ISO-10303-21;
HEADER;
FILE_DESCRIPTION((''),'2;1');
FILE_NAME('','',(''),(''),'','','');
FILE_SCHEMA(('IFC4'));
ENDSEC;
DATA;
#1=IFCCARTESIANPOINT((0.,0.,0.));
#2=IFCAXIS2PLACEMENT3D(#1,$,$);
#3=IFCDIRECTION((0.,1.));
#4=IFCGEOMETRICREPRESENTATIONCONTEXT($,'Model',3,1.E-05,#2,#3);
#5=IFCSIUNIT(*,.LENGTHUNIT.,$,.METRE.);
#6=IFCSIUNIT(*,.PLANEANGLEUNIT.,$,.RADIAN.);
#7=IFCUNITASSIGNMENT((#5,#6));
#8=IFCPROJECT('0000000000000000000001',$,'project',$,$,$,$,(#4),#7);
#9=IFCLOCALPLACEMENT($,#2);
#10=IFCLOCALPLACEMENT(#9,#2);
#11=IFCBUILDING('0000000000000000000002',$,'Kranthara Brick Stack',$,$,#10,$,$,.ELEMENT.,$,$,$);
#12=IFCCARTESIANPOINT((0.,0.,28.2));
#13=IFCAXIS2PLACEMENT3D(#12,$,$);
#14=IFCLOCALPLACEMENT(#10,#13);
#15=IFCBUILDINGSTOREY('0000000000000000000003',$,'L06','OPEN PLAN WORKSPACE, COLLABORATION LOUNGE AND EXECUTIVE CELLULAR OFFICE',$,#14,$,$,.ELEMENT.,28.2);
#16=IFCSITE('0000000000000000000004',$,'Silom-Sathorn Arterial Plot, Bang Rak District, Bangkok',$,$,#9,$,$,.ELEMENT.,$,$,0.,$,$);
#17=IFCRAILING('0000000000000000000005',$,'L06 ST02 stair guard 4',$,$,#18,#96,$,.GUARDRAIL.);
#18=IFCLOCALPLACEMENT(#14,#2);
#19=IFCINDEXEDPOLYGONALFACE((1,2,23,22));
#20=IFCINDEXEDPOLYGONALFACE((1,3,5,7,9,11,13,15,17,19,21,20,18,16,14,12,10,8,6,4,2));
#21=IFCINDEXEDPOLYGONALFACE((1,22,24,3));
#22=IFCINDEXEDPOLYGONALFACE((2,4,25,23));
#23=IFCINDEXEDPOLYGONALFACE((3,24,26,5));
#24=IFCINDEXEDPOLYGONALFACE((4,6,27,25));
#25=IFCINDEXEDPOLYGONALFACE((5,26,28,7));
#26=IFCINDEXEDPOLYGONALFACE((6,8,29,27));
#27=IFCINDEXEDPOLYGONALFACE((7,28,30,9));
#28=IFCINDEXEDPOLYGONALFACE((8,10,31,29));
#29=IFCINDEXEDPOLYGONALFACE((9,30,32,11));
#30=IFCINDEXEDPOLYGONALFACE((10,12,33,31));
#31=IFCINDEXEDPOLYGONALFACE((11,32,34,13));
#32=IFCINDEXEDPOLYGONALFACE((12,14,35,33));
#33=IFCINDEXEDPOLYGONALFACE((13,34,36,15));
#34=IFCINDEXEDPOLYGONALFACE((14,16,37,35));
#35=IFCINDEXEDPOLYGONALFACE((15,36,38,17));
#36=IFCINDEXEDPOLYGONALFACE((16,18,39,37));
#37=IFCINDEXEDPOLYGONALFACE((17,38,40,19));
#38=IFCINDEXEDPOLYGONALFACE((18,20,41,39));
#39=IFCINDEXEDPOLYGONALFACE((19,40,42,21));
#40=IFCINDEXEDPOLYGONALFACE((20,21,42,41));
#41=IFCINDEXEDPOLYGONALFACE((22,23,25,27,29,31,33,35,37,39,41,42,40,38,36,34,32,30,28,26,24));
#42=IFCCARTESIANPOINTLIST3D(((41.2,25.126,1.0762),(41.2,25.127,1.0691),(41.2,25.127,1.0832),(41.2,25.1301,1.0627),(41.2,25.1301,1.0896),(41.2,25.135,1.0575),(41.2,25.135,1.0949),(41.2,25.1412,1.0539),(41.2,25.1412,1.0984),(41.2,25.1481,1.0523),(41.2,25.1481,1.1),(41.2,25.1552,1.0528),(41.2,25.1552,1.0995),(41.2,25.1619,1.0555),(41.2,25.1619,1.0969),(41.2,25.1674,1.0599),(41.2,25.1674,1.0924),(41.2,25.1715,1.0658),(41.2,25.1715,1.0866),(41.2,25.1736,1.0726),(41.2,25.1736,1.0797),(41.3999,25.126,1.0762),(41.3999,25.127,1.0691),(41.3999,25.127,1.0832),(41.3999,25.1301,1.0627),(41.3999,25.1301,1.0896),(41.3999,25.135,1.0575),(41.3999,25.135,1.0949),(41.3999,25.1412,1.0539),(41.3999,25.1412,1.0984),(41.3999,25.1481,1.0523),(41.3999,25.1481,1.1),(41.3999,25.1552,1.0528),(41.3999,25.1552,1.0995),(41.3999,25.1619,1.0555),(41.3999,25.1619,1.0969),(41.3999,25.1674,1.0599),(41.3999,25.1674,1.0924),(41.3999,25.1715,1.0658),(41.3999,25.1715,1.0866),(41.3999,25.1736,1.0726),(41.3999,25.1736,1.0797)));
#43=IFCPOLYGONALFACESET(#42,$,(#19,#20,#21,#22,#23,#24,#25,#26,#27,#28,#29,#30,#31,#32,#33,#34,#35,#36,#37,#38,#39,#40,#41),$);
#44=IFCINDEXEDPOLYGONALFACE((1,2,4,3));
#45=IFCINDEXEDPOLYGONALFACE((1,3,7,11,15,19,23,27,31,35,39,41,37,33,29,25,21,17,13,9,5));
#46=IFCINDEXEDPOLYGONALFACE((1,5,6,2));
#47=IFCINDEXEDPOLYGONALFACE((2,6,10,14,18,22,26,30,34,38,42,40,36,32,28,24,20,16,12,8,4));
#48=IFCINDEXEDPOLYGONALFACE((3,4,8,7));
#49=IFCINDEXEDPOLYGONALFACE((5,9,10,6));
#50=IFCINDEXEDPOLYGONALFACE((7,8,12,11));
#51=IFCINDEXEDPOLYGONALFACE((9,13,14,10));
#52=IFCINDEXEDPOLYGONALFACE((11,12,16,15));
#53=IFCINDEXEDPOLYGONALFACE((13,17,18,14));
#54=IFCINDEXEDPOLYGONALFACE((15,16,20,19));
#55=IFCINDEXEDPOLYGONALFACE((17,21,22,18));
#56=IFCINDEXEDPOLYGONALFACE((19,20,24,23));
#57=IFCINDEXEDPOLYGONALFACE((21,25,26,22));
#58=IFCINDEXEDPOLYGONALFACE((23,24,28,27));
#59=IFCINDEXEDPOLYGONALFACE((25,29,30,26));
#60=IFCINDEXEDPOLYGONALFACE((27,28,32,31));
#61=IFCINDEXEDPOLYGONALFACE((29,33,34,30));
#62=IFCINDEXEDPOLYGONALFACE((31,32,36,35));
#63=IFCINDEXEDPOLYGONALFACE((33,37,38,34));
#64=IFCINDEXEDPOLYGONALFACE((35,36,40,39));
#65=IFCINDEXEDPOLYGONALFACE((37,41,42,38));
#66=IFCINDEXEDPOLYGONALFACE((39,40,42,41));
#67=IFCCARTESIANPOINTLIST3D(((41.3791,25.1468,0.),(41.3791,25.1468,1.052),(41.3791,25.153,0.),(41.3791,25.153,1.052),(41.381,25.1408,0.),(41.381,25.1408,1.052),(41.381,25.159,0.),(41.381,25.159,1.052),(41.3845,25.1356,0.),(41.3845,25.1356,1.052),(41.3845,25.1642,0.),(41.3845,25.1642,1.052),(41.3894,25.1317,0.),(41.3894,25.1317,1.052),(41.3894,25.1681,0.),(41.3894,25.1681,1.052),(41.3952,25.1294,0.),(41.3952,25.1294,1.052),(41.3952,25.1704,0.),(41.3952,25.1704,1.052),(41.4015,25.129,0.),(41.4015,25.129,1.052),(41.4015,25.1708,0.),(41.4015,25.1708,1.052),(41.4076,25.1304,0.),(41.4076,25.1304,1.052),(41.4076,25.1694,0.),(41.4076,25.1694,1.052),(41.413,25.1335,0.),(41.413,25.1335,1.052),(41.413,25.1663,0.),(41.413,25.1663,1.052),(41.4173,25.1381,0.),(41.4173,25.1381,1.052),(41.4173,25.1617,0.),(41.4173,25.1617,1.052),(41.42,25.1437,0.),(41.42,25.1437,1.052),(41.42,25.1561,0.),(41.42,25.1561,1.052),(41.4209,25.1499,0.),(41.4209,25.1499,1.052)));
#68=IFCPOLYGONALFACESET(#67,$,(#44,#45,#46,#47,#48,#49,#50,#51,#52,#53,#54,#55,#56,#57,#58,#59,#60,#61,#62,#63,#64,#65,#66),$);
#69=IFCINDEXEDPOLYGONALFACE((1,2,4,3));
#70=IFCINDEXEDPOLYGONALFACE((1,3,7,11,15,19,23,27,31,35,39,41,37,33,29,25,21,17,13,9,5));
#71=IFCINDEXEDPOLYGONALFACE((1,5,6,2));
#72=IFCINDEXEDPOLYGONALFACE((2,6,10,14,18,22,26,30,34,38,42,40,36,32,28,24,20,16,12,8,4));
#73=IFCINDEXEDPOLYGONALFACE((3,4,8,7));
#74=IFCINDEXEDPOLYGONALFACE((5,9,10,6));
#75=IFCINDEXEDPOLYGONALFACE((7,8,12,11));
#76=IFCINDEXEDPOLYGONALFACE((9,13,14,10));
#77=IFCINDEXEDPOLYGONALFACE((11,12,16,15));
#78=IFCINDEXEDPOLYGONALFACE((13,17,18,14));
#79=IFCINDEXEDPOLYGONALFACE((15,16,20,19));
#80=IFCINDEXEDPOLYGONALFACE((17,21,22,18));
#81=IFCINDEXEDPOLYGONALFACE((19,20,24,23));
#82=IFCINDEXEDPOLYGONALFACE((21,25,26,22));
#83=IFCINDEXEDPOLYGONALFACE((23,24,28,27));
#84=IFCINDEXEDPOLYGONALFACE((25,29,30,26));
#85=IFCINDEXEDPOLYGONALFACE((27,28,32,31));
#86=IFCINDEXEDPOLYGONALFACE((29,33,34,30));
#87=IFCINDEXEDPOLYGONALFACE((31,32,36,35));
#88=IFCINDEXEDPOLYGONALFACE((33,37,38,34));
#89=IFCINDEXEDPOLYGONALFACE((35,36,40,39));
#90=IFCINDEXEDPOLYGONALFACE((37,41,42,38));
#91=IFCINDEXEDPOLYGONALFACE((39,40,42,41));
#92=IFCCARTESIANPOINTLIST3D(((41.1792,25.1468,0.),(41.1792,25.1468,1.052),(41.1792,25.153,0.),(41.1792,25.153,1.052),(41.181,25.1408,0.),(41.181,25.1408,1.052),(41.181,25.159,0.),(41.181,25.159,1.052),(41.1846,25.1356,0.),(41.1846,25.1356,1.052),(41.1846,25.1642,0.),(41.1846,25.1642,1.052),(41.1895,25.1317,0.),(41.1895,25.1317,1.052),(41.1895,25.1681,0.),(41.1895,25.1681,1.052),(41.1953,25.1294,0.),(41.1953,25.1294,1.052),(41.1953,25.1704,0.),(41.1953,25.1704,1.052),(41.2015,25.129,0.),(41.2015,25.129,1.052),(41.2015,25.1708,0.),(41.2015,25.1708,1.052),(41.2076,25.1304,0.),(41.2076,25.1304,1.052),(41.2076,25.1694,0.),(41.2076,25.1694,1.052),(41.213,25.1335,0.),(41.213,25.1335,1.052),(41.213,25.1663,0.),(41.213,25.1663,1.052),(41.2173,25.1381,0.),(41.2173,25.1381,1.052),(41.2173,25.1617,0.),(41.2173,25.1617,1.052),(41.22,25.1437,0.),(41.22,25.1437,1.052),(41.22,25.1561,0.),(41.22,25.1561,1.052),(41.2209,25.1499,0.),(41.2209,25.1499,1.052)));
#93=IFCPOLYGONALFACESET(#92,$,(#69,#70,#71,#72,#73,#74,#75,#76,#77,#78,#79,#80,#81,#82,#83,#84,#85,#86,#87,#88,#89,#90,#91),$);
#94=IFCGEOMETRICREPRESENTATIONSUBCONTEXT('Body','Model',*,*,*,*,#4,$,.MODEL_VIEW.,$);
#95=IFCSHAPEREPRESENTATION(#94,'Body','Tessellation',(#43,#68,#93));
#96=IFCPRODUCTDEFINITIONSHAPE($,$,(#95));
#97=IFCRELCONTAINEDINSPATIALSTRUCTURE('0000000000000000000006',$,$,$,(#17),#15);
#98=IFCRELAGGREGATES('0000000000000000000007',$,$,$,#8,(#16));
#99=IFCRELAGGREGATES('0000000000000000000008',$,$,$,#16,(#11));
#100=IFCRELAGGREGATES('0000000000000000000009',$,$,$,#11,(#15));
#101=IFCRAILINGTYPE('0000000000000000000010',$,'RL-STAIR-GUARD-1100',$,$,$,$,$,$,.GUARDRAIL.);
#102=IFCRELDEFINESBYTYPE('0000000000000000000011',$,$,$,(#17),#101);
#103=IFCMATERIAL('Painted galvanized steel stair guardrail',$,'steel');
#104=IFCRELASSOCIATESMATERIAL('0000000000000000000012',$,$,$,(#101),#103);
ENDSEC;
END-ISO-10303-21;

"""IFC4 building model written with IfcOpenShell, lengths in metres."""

from ifc_helpers import new_model, si_unit, direction, frame, origin, origin_2d, place, context, subcontext, project, spatial, circle, extrude, material, type_object, element, save


model = new_model("IFC4")

# Units and contexts
model_context = context("Model", 3, precision=1e-05, world=origin(), true_north=direction((0.0, 1.0)))
body_context = subcontext(model_context, "Body", "Model", "MODEL_VIEW")
ifc_project = project(units=[si_unit("LENGTHUNIT", "METRE"), si_unit("PLANEANGLEUNIT", "RADIAN")], contexts=[model_context])

# Site, building, storey
site_placement = place(None, origin())
site = spatial("IfcSite", under=ifc_project, at=site_placement, Name="Silom-Sathorn Arterial Plot, Bang Rak District, Bangkok", CompositionType="ELEMENT", RefElevation=0.0)
building_placement = place(site_placement, origin())
building = spatial("IfcBuilding", under=site, at=building_placement, Name="Kranthara Brick Stack", CompositionType="ELEMENT")
storey_placement = place(building_placement, frame((0.0, 0.0, 28.2)))
storey = spatial("IfcBuildingStorey", under=building, at=storey_placement, Name="L06", Description="OPEN PLAN WORKSPACE, COLLABORATION LOUNGE AND EXECUTIVE CELLULAR OFFICE", CompositionType="ELEMENT", Elevation=28.2)

# Railing
ifc_material_1 = material(Name="Painted galvanized steel stair guardrail", Category="steel")
railing_type = type_object("IfcRailingType", Name="RL-STAIR-GUARD-1100", PredefinedType="GUARDRAIL", material=ifc_material_1)
railing_1_placement = place(storey_placement, frame((41.3999, 25.1499, 0.0)))
element("IfcRailing", 1, at=railing_1_placement, inside=storey, type_object=railing_type, Name="L06 ST02 stair guard 4", PredefinedType="GUARDRAIL", context=body_context, shape_type="SweptSolid", body=[
    extrude(circle(Radius=0.0239, at=origin_2d()), frame((0.0, 0.0, 1.0762), z_axis=(-1.0, 0.0, 0.0), x_axis=(0.0, -1.0, 0.0)), (0.0, 0.0, 1.0), 0.2),
    extrude(circle(Radius=0.021, at=origin_2d()), origin(), (0.0, 0.0, 1.0), 1.052),
    extrude(circle(Radius=0.021, at=origin_2d()), frame((-0.2, 0.0, 0.0)), (0.0, 0.0, 1.0), 1.052),
])

save(model, "model.ifc")
